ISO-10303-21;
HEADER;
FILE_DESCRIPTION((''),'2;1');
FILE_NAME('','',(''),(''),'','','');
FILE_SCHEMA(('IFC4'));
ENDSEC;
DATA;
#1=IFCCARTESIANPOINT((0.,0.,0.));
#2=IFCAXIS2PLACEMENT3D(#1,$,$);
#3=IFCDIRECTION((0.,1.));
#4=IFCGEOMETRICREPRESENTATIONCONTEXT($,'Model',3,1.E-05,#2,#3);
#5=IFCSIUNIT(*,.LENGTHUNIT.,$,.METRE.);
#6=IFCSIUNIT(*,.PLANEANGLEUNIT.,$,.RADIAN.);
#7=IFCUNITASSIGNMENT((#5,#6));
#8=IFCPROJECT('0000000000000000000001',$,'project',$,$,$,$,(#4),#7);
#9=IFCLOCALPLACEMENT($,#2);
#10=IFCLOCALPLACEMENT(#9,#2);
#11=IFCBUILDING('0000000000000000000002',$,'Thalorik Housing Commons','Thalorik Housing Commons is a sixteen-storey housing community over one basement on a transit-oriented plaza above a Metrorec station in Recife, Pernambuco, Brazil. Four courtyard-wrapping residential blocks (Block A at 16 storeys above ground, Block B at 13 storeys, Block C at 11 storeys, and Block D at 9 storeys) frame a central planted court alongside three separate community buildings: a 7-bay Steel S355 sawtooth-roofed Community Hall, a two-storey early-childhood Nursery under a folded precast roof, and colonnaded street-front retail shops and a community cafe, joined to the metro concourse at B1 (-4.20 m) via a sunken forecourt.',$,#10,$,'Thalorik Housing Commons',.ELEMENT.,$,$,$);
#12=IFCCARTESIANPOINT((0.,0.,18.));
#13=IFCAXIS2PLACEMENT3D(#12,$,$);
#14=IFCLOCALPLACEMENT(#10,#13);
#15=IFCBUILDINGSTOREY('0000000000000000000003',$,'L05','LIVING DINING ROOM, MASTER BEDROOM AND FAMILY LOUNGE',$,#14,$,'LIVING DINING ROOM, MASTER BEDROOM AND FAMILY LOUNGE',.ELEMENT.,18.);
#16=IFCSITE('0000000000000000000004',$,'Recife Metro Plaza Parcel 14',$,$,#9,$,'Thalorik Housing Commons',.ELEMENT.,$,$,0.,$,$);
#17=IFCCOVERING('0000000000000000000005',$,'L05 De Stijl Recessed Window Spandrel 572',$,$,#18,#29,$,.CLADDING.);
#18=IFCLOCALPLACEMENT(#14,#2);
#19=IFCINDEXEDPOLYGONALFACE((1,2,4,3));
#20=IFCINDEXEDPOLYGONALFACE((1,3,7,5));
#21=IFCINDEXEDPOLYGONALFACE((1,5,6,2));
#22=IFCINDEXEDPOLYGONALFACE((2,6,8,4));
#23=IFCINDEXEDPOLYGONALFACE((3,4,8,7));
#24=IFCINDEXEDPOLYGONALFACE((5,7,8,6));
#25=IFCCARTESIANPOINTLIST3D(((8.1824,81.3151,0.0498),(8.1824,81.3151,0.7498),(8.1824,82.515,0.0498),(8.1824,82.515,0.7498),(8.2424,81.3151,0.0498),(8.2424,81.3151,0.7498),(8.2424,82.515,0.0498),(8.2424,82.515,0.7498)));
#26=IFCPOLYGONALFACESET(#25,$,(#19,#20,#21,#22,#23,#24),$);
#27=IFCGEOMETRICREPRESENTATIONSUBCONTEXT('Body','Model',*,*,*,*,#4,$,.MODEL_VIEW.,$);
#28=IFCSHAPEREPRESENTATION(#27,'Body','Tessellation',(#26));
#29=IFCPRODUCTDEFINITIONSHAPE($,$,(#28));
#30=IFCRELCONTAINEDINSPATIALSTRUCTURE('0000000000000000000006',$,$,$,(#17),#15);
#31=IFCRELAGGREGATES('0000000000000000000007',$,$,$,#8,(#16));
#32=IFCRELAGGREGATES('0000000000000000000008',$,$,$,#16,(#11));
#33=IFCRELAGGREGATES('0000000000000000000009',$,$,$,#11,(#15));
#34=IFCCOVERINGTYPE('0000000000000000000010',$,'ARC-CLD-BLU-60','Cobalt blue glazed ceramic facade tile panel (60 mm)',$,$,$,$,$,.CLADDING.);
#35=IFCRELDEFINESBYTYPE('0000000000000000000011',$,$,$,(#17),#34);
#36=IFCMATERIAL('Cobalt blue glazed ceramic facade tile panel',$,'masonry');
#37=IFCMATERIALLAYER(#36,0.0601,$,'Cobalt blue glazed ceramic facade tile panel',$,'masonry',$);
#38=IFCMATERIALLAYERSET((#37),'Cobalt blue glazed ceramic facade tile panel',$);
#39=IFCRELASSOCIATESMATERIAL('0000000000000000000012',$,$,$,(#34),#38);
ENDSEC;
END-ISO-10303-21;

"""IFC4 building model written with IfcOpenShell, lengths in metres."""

from ifc_helpers import new_model, si_unit, direction, frame, origin, origin_2d, place, context, subcontext, project, spatial, rectangle, extrude, material, layer, layer_set, type_object, element, save


model = new_model("IFC4")

# Units and contexts
model_context = context("Model", 3, precision=1e-05, world=origin(), true_north=direction((0.0, 1.0)))
body_context = subcontext(model_context, "Body", "Model", "MODEL_VIEW")
ifc_project = project(units=[si_unit("LENGTHUNIT", "METRE"), si_unit("PLANEANGLEUNIT", "RADIAN")], contexts=[model_context])

# Site, building, storey
site_placement = place(None, origin())
site = spatial("IfcSite", under=ifc_project, at=site_placement, Name="Recife Metro Plaza Parcel 14", LongName="Thalorik Housing Commons", CompositionType="ELEMENT", RefElevation=0.0)
building_placement = place(site_placement, origin())
building = spatial("IfcBuilding", under=site, at=building_placement, Name="Thalorik Housing Commons", Description="Thalorik Housing Commons is a sixteen-storey housing community over one basement on a transit-oriented plaza above a Metrorec station in Recife, Pernambuco, Brazil. Four courtyard-wrapping residential blocks (Block A at 16 storeys above ground, Block B at 13 storeys, Block C at 11 storeys, and Block D at 9 storeys) frame a central planted court alongside three separate community buildings: a 7-bay Steel S355 sawtooth-roofed Community Hall, a two-storey early-childhood Nursery under a folded precast roof, and colonnaded street-front retail shops and a community cafe, joined to the metro concourse at B1 (-4.20 m) via a sunken forecourt.", LongName="Thalorik Housing Commons", CompositionType="ELEMENT")
storey_placement = place(building_placement, frame((0.0, 0.0, 18.0)))
storey = spatial("IfcBuildingStorey", under=building, at=storey_placement, Name="L05", Description="LIVING DINING ROOM, MASTER BEDROOM AND FAMILY LOUNGE", LongName="LIVING DINING ROOM, MASTER BEDROOM AND FAMILY LOUNGE", CompositionType="ELEMENT", Elevation=18.0)

# Covering
ifc_material_1 = material(Name="Cobalt blue glazed ceramic facade tile panel", Category="masonry")
ifc_layer_1 = layer(ifc_material_1, 0.0601, Name="Cobalt blue glazed ceramic facade tile panel", Category="masonry")
ifc_layer_set_1 = layer_set([ifc_layer_1], Name="Cobalt blue glazed ceramic facade tile panel")
covering_type_1 = type_object("IfcCoveringType", Name="ARC-CLD-BLU-60", Description="Cobalt blue glazed ceramic facade tile panel (60 mm)", PredefinedType="CLADDING", material=ifc_layer_set_1)
covering_1_placement = place(storey_placement, frame((8.2124, 81.915, 0.0498), z_axis=(0.0, 0.0, 1.0), x_axis=(0.0, -1.0, 0.0)))
element("IfcCovering", 1, at=covering_1_placement, inside=storey, type_object=covering_type_1, Name="L05 De Stijl Recessed Window Spandrel 572", PredefinedType="CLADDING", context=body_context, shape_type="SweptSolid", body=[
    extrude(rectangle(XDim=1.2, YDim=0.0601, at=origin_2d()), origin(), (0.0, 0.0, 1.0), 0.7),
])

save(model, "model.ifc")
